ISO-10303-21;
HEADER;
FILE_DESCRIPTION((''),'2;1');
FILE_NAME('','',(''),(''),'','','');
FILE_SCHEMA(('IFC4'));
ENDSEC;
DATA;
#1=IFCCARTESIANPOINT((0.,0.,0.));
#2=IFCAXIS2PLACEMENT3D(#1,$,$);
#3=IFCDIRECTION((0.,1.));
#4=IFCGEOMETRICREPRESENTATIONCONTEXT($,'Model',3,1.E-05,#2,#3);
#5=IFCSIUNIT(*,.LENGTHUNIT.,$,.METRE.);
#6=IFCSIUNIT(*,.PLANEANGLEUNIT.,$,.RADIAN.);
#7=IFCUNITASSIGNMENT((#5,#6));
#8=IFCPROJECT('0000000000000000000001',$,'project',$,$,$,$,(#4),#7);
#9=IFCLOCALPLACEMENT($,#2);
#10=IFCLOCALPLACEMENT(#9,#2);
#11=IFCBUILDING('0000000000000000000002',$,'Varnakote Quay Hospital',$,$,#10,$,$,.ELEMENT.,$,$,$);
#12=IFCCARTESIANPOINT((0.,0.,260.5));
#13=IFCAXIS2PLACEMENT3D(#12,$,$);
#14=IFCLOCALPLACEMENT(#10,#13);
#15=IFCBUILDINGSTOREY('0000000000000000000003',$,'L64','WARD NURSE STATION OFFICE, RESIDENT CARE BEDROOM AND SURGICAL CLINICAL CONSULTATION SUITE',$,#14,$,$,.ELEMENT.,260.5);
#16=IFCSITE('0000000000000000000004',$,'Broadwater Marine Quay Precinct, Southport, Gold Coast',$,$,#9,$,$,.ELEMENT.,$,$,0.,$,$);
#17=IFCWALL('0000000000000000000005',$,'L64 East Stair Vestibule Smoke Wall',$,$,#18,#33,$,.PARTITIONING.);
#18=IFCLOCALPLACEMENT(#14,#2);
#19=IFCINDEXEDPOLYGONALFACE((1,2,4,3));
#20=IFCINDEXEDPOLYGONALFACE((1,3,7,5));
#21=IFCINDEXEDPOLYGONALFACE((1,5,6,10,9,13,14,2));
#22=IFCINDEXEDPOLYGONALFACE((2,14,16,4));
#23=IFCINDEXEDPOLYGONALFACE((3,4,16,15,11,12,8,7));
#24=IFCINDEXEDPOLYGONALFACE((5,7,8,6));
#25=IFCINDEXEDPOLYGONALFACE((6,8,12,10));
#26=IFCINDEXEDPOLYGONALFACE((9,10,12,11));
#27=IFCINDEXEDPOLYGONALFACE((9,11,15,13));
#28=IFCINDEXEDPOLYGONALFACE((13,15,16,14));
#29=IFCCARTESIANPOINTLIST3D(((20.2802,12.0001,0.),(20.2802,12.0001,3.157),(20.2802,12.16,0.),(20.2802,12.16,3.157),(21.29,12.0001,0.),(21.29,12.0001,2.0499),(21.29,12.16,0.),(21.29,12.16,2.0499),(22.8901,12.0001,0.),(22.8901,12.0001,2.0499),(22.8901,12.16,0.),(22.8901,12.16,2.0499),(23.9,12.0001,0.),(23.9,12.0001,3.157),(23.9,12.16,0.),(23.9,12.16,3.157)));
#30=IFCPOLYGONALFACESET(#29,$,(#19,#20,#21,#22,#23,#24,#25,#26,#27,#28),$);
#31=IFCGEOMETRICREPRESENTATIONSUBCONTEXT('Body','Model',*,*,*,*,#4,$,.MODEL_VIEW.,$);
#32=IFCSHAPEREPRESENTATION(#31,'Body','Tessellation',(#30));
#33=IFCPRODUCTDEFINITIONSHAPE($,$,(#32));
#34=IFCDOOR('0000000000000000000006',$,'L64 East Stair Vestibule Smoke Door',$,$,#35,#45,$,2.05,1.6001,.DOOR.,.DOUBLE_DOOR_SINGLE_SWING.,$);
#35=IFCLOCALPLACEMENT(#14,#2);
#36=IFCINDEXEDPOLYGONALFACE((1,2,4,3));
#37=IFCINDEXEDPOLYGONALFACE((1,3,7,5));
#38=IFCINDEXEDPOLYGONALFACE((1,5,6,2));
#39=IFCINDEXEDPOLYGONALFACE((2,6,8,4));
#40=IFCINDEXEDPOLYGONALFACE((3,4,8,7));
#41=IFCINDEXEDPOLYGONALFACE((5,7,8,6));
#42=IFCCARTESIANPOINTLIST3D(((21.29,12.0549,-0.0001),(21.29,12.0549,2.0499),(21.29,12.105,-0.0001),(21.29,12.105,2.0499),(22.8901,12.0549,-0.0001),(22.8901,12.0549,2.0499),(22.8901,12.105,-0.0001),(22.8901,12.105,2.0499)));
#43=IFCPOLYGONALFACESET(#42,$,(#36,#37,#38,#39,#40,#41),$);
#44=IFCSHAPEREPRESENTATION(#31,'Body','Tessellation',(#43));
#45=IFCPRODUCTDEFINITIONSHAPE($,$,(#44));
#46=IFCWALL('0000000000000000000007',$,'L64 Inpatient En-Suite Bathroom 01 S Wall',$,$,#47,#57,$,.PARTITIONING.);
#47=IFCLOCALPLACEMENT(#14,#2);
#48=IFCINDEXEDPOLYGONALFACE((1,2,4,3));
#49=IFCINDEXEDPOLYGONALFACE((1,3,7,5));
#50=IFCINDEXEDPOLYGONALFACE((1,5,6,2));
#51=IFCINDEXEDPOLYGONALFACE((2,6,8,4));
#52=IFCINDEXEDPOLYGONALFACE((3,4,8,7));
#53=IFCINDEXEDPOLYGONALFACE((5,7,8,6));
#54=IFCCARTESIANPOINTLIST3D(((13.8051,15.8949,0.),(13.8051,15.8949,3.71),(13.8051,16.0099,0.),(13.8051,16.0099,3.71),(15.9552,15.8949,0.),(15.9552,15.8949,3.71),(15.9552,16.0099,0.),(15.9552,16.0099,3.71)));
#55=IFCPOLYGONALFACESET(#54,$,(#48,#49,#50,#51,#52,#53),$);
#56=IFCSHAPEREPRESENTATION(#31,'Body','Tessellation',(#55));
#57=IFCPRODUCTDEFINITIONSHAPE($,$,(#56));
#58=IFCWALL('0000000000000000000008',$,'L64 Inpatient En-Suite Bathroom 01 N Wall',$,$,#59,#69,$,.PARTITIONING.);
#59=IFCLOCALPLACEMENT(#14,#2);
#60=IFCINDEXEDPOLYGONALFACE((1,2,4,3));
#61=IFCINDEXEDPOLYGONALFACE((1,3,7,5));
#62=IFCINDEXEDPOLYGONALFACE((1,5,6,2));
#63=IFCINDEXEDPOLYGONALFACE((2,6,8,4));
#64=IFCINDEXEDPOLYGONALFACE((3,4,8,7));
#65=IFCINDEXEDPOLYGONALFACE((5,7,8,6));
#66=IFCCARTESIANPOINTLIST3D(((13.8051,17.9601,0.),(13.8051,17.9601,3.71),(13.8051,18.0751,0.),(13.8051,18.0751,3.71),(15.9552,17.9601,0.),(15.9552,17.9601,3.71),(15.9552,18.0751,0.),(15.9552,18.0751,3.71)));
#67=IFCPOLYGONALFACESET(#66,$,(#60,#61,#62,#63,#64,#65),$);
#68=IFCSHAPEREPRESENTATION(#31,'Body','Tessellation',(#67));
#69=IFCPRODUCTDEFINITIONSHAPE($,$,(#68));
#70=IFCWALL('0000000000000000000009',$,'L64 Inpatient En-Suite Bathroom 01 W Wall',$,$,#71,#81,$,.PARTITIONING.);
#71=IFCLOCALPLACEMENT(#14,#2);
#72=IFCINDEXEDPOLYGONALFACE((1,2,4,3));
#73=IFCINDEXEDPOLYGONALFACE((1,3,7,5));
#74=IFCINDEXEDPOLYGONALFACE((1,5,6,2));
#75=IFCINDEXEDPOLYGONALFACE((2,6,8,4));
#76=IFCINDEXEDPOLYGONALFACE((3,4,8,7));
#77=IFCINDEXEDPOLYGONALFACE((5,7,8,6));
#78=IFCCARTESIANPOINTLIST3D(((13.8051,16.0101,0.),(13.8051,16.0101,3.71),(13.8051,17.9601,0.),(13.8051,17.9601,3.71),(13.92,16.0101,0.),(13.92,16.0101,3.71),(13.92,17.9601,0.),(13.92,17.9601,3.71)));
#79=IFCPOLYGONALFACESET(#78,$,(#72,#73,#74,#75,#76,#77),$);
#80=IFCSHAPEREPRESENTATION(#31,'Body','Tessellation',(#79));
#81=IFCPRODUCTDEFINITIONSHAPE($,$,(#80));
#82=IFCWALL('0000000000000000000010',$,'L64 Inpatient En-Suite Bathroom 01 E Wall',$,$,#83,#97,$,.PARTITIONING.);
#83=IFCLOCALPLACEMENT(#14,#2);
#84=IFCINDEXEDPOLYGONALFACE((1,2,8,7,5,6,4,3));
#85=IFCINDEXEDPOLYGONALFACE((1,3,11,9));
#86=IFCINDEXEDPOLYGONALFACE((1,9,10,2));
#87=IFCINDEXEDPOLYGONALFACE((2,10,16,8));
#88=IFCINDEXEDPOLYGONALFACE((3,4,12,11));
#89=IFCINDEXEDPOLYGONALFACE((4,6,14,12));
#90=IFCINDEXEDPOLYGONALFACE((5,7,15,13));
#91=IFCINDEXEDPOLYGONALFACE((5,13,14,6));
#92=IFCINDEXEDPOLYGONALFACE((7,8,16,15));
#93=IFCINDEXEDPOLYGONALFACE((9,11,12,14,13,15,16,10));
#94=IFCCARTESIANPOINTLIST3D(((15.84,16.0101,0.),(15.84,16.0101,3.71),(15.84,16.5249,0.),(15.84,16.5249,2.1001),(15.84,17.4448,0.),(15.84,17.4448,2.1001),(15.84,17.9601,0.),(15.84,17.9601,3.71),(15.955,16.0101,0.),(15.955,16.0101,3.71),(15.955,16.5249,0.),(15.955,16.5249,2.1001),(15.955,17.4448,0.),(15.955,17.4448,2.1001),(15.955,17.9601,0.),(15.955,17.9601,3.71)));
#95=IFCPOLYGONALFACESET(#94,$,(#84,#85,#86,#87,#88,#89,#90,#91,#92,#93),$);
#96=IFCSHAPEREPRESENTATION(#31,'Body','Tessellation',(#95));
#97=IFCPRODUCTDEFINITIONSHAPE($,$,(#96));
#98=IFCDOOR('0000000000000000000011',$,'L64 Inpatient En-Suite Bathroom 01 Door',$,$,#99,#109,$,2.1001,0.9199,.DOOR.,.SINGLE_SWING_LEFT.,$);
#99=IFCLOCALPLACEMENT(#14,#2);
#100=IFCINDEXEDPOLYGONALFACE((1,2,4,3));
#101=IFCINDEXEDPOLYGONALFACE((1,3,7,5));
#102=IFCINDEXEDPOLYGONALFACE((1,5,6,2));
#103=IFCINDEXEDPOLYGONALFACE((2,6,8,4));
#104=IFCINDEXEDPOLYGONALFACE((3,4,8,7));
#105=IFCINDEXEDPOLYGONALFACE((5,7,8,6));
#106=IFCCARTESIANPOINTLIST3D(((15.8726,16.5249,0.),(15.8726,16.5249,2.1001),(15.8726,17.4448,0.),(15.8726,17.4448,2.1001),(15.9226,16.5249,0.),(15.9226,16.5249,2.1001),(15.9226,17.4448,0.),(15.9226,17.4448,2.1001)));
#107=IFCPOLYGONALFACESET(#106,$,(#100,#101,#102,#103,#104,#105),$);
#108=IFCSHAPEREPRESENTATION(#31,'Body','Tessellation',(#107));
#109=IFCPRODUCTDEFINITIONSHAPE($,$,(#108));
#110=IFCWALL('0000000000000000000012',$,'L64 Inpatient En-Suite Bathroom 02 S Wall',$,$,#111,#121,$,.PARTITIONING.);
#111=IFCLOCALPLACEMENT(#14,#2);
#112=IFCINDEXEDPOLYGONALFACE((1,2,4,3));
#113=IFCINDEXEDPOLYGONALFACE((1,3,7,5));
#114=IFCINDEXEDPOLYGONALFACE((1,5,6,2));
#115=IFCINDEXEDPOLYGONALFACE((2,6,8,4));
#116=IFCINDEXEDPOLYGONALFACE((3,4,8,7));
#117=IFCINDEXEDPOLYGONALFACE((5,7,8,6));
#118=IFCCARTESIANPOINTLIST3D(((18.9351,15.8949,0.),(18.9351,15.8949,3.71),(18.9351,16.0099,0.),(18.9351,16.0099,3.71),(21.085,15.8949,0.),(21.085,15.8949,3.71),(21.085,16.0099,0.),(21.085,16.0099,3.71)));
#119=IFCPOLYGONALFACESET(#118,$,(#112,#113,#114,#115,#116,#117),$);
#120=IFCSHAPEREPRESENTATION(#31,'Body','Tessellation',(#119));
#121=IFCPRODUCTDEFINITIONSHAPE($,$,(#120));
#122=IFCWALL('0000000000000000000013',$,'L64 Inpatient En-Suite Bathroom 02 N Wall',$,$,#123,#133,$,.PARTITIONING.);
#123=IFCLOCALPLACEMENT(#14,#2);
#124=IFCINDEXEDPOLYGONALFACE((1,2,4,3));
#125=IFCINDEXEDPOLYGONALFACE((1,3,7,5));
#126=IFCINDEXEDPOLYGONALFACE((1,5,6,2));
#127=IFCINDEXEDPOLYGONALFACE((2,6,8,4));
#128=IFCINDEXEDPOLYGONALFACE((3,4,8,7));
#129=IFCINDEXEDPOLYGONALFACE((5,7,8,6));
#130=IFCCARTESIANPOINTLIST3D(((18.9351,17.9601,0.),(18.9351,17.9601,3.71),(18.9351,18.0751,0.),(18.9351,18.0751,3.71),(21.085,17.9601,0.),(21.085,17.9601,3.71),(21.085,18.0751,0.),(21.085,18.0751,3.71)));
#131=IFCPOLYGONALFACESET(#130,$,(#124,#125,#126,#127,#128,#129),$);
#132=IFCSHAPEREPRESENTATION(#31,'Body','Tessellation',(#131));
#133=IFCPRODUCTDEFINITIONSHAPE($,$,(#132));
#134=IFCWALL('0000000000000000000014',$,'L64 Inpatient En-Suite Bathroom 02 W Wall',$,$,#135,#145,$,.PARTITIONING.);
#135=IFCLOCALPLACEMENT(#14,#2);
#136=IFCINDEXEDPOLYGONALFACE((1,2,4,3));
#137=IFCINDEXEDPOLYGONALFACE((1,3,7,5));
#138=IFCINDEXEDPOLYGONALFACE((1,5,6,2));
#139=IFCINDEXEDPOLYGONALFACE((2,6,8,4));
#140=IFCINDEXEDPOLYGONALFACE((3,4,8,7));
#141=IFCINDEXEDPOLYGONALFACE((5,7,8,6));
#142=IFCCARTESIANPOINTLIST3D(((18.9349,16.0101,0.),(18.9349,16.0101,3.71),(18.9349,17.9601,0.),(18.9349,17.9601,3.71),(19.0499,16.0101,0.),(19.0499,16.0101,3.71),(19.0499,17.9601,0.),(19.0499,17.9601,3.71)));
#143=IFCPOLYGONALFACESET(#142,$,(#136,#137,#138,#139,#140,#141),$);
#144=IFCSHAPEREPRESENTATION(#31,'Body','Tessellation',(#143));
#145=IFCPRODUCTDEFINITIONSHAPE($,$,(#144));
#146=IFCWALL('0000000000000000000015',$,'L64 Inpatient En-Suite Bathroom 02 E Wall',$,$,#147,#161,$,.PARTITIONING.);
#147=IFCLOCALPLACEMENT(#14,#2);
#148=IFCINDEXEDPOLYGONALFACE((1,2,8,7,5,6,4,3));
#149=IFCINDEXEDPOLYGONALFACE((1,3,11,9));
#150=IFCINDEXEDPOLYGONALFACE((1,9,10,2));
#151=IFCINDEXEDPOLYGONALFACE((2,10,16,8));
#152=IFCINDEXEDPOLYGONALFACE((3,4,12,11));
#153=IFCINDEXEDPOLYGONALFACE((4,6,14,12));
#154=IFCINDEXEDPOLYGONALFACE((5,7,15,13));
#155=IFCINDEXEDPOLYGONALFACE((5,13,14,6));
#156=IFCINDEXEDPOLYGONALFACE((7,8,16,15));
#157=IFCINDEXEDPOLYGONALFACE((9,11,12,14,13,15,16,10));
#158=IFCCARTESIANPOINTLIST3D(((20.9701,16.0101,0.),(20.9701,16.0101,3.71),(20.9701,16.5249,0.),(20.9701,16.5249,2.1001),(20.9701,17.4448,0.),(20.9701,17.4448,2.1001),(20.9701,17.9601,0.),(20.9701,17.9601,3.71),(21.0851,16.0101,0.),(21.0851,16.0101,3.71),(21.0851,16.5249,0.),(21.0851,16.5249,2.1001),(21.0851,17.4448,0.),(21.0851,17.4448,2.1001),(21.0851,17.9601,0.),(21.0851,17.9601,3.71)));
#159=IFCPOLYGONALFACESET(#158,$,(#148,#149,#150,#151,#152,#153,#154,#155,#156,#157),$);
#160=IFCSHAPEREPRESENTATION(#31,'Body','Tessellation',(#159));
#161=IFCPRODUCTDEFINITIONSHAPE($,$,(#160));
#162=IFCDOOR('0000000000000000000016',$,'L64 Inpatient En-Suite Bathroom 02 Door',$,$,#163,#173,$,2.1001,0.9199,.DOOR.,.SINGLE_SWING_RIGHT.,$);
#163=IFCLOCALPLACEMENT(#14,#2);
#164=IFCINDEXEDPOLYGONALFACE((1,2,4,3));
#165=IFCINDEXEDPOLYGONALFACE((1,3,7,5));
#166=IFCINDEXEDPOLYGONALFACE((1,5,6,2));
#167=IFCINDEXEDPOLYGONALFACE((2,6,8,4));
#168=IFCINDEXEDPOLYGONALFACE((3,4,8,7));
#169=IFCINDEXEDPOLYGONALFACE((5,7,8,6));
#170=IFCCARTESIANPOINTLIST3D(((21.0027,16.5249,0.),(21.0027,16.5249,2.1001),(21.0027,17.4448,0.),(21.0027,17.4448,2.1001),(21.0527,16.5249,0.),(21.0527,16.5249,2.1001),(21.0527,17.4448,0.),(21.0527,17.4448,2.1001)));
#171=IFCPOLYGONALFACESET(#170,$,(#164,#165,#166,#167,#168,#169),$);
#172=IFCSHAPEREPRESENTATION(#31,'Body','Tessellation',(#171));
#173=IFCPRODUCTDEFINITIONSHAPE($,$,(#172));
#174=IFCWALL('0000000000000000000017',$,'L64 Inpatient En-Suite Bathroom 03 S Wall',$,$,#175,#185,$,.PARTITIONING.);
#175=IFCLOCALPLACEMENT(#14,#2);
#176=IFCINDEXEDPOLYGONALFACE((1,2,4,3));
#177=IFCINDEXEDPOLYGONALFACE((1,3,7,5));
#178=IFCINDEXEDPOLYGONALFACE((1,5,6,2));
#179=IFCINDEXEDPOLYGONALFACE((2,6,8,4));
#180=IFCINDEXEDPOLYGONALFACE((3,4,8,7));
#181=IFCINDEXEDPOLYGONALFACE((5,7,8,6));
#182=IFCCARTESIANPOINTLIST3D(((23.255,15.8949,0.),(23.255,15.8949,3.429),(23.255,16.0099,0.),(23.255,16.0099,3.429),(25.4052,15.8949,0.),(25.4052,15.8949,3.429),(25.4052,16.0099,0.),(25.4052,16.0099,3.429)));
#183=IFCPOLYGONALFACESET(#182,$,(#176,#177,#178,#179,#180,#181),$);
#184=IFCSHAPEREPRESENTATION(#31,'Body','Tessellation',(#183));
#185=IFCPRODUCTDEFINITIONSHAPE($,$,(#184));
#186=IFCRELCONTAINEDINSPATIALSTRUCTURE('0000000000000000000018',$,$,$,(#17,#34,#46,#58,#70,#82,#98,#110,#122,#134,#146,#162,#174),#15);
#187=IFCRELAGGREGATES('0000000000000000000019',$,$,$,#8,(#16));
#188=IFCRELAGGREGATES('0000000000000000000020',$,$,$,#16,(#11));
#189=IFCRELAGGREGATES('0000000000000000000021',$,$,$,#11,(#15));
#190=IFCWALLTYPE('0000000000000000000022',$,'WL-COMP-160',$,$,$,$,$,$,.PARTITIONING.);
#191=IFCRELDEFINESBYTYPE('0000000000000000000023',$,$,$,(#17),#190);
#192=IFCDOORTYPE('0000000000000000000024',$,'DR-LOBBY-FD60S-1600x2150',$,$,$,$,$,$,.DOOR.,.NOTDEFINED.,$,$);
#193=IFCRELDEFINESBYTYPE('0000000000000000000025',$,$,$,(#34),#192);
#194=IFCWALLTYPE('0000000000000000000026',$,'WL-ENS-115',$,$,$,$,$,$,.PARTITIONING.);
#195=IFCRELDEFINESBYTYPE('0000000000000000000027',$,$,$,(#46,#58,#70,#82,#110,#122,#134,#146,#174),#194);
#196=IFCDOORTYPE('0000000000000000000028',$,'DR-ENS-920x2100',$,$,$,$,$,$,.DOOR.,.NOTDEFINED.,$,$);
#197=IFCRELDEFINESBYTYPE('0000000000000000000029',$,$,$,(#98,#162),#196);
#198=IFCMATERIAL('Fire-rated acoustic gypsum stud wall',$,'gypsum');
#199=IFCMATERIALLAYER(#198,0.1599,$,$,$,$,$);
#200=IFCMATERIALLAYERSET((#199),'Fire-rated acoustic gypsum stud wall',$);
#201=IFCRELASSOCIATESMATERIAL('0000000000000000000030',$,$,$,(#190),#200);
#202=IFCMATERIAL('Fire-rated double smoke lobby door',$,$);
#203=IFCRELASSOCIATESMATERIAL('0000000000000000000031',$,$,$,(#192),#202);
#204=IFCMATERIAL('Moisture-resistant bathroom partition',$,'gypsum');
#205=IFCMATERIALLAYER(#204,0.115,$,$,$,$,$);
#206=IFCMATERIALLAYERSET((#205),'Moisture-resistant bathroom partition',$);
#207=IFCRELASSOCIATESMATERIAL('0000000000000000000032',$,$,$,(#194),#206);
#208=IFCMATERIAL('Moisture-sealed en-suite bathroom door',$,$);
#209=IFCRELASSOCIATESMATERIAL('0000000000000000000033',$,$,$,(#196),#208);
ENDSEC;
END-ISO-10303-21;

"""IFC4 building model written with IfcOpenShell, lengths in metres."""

from ifc_helpers import new_model, si_unit, direction, frame, frame_2d, origin, place, context, subcontext, project, spatial, rectangle, extrude, material, layer, layer_set, type_object, element, fill, save


model = new_model("IFC4")

# Units and contexts
model_context = context("Model", 3, precision=1e-05, world=origin(), true_north=direction((0.0, 1.0)))
body_context = subcontext(model_context, "Body", "Model", "MODEL_VIEW")
ifc_project = project(units=[si_unit("LENGTHUNIT", "METRE"), si_unit("PLANEANGLEUNIT", "RADIAN")], contexts=[model_context])

# Site, building, storey
site_placement = place(None, origin())
site = spatial("IfcSite", under=ifc_project, at=site_placement, Name="Broadwater Marine Quay Precinct, Southport, Gold Coast", CompositionType="ELEMENT", RefElevation=0.0)
building_placement = place(site_placement, origin())
building = spatial("IfcBuilding", under=site, at=building_placement, Name="Varnakote Quay Hospital", CompositionType="ELEMENT")
storey_placement = place(building_placement, frame((0.0, 0.0, 260.5)))
storey = spatial("IfcBuildingStorey", under=building, at=storey_placement, Name="L64", Description="WARD NURSE STATION OFFICE, RESIDENT CARE BEDROOM AND SURGICAL CLINICAL CONSULTATION SUITE", CompositionType="ELEMENT", Elevation=260.5)

# Wall, opening, door
ifc_material_1 = material(Name="Fire-rated acoustic gypsum stud wall", Category="gypsum")
ifc_layer_1 = layer(ifc_material_1, 0.1599)
ifc_layer_set_1 = layer_set([ifc_layer_1], Name="Fire-rated acoustic gypsum stud wall")
wall_type_1 = type_object("IfcWallType", Name="WL-COMP-160", PredefinedType="PARTITIONING", material=ifc_layer_set_1)
wall_1_placement = place(storey_placement, frame((20.28, 12.0801, 0.0), z_axis=(0.0, 0.0, 1.0), x_axis=(1.0, 0.0, 0.0)))
wall_1 = element("IfcWall", 1, at=wall_1_placement, inside=storey, type_object=wall_type_1, Name="L64 East Stair Vestibule Smoke Wall", PredefinedType="PARTITIONING", context=body_context, shape_type="SweptSolid", body=[
    extrude(rectangle(XDim=3.6199, YDim=0.1599, at=frame_2d((1.8101, 0.0))), origin(), (0.0, 0.0, 1.0), 3.157),
])
opening_1_placement = place(wall_1_placement, frame((1.01, 0.0, 0.0)))
opening_1 = element("IfcOpeningElement", 2, at=opening_1_placement, cuts=wall_1, PredefinedType="OPENING", context=body_context, shape_type="SweptSolid", body=[
    extrude(rectangle(XDim=1.6001, YDim=2.05, at=frame_2d((0.8, 1.0249))), frame((0.0, 0.0898, 0.0), z_axis=(0.0, -1.0, 0.0), x_axis=(1.0, 0.0, 0.0)), (0.0, 0.0, 1.0), 0.1799),
])
ifc_material_2 = material(Name="Fire-rated double smoke lobby door")
door_type_1 = type_object("IfcDoorType", Name="DR-LOBBY-FD60S-1600x2150", OperationType="NOTDEFINED", PredefinedType="DOOR", material=ifc_material_2)
door_1_placement = place(opening_1_placement, origin())
door_1 = element("IfcDoor", 3, at=door_1_placement, inside=storey, type_object=door_type_1, Name="L64 East Stair Vestibule Smoke Door", OperationType="DOUBLE_DOOR_SINGLE_SWING", OverallHeight=2.05, OverallWidth=1.6001, PredefinedType="DOOR", context=body_context, shape_type="SweptSolid", body=[
    extrude(rectangle(XDim=1.6001, YDim=2.05, at=frame_2d((0.8, 1.0249))), frame((0.0, 0.0249, 0.0), z_axis=(0.0, -1.0, 0.0), x_axis=(1.0, 0.0, 0.0)), (0.0, 0.0, 1.0), 0.05),
])
fill(opening_1, door_1)

# Walls
ifc_material_3 = material(Name="Moisture-resistant bathroom partition", Category="gypsum")
ifc_layer_2 = layer(ifc_material_3, 0.115)
ifc_layer_set_2 = layer_set([ifc_layer_2], Name="Moisture-resistant bathroom partition")
wall_type_2 = type_object("IfcWallType", Name="WL-ENS-115", PredefinedType="PARTITIONING", material=ifc_layer_set_2)
for number, where, z_axis, x_axis, name in (
    (4, (13.8049, 15.9524, 0.0), (0.0, 0.0, 1.0), (1.0, 0.0, 0.0), "L64 Inpatient En-Suite Bathroom 01 S Wall"),
    (5, (13.8049, 18.0176, 0.0), (0.0, 0.0, 1.0), (1.0, 0.0, 0.0), "L64 Inpatient En-Suite Bathroom 01 N Wall"),
):
    element("IfcWall", number, at=place(storey_placement, frame(where, z_axis=z_axis, x_axis=x_axis)), inside=storey, type_object=wall_type_2, Name=name, PredefinedType="PARTITIONING", context=body_context, shape_type="SweptSolid", body=[
        extrude(rectangle(XDim=2.1501, YDim=0.115, at=frame_2d((1.0752, 0.0))), origin(), (0.0, 0.0, 1.0), 3.71),
    ])
wall_2_placement = place(storey_placement, frame((13.8625, 16.01, 0.0), z_axis=(0.0, 0.0, 1.0), x_axis=(0.0, 1.0, 0.0)))
element("IfcWall", 6, at=wall_2_placement, inside=storey, type_object=wall_type_2, Name="L64 Inpatient En-Suite Bathroom 01 W Wall", PredefinedType="PARTITIONING", context=body_context, shape_type="SweptSolid", body=[
    extrude(rectangle(XDim=1.95, YDim=0.115, at=frame_2d((0.9751, 0.0))), origin(), (0.0, 0.0, 1.0), 3.71),
])

# Wall, opening, door
wall_3_placement = place(storey_placement, frame((15.8975, 16.01, 0.0), z_axis=(0.0, 0.0, 1.0), x_axis=(0.0, 1.0, 0.0)))
wall_3 = element("IfcWall", 7, at=wall_3_placement, inside=storey, type_object=wall_type_2, Name="L64 Inpatient En-Suite Bathroom 01 E Wall", PredefinedType="PARTITIONING", context=body_context, shape_type="SweptSolid", body=[
    extrude(rectangle(XDim=1.95, YDim=0.115, at=frame_2d((0.9751, 0.0))), origin(), (0.0, 0.0, 1.0), 3.71),
])
opening_2_placement = place(wall_3_placement, frame((0.5149, 0.0, 0.0)))
opening_2 = element("IfcOpeningElement", 8, at=opening_2_placement, cuts=wall_3, PredefinedType="OPENING", context=body_context, shape_type="SweptSolid", body=[
    extrude(rectangle(XDim=0.9199, YDim=2.1001, at=frame_2d((0.46, 1.05))), frame((0.0, 0.0674, 0.0), z_axis=(0.0, -1.0, 0.0), x_axis=(1.0, 0.0, 0.0)), (0.0, 0.0, 1.0), 0.135),
])
ifc_material_4 = material(Name="Moisture-sealed en-suite bathroom door")
door_type_2 = type_object("IfcDoorType", Name="DR-ENS-920x2100", OperationType="NOTDEFINED", PredefinedType="DOOR", material=ifc_material_4)
door_2_placement = place(opening_2_placement, origin())
door_2 = element("IfcDoor", 9, at=door_2_placement, inside=storey, type_object=door_type_2, Name="L64 Inpatient En-Suite Bathroom 01 Door", OperationType="SINGLE_SWING_LEFT", OverallHeight=2.1001, OverallWidth=0.9199, PredefinedType="DOOR", context=body_context, shape_type="SweptSolid", body=[
    extrude(rectangle(XDim=0.9199, YDim=2.1001, at=frame_2d((0.46, 1.05))), frame((0.0, 0.0249, 0.0), z_axis=(0.0, -1.0, 0.0), x_axis=(1.0, 0.0, 0.0)), (0.0, 0.0, 1.0), 0.05),
])
fill(opening_2, door_2)

# Walls
for number, where, z_axis, x_axis, name in (
    (10, (18.9351, 15.9524, 0.0), (0.0, 0.0, 1.0), (1.0, 0.0, 0.0), "L64 Inpatient En-Suite Bathroom 02 S Wall"),
    (11, (18.9351, 18.0176, 0.0), (0.0, 0.0, 1.0), (1.0, 0.0, 0.0), "L64 Inpatient En-Suite Bathroom 02 N Wall"),
):
    element("IfcWall", number, at=place(storey_placement, frame(where, z_axis=z_axis, x_axis=x_axis)), inside=storey, type_object=wall_type_2, Name=name, PredefinedType="PARTITIONING", context=body_context, shape_type="SweptSolid", body=[
        extrude(rectangle(XDim=2.1499, YDim=0.115, at=frame_2d((1.075, 0.0))), origin(), (0.0, 0.0, 1.0), 3.71),
    ])
wall_4_placement = place(storey_placement, frame((18.9924, 16.01, 0.0), z_axis=(0.0, 0.0, 1.0), x_axis=(0.0, 1.0, 0.0)))
element("IfcWall", 12, at=wall_4_placement, inside=storey, type_object=wall_type_2, Name="L64 Inpatient En-Suite Bathroom 02 W Wall", PredefinedType="PARTITIONING", context=body_context, shape_type="SweptSolid", body=[
    extrude(rectangle(XDim=1.95, YDim=0.115, at=frame_2d((0.9751, 0.0))), origin(), (0.0, 0.0, 1.0), 3.71),
])

# Wall, opening, door
wall_5_placement = place(storey_placement, frame((21.0276, 16.01, 0.0), z_axis=(0.0, 0.0, 1.0), x_axis=(0.0, 1.0, 0.0)))
wall_5 = element("IfcWall", 13, at=wall_5_placement, inside=storey, type_object=wall_type_2, Name="L64 Inpatient En-Suite Bathroom 02 E Wall", PredefinedType="PARTITIONING", context=body_context, shape_type="SweptSolid", body=[
    extrude(rectangle(XDim=1.95, YDim=0.115, at=frame_2d((0.9751, 0.0))), origin(), (0.0, 0.0, 1.0), 3.71),
])
opening_3_placement = place(wall_5_placement, frame((0.5149, 0.0, 0.0)))
opening_3 = element("IfcOpeningElement", 14, at=opening_3_placement, cuts=wall_5, PredefinedType="OPENING", context=body_context, shape_type="SweptSolid", body=[
    extrude(rectangle(XDim=0.9199, YDim=2.1001, at=frame_2d((0.46, 1.05))), frame((0.0, 0.0674, 0.0), z_axis=(0.0, -1.0, 0.0), x_axis=(1.0, 0.0, 0.0)), (0.0, 0.0, 1.0), 0.135),
])
door_3_placement = place(opening_3_placement, origin())
door_3 = element("IfcDoor", 15, at=door_3_placement, inside=storey, type_object=door_type_2, Name="L64 Inpatient En-Suite Bathroom 02 Door", OperationType="SINGLE_SWING_RIGHT", OverallHeight=2.1001, OverallWidth=0.9199, PredefinedType="DOOR", context=body_context, shape_type="SweptSolid", body=[
    extrude(rectangle(XDim=0.9199, YDim=2.1001, at=frame_2d((0.46, 1.05))), frame((0.0, 0.0249, 0.0), z_axis=(0.0, -1.0, 0.0), x_axis=(1.0, 0.0, 0.0)), (0.0, 0.0, 1.0), 0.05),
])
fill(opening_3, door_3)

# Wall
wall_6_placement = place(storey_placement, frame((23.2549, 15.9524, 0.0), z_axis=(0.0, 0.0, 1.0), x_axis=(1.0, 0.0, 0.0)))
element("IfcWall", 16, at=wall_6_placement, inside=storey, type_object=wall_type_2, Name="L64 Inpatient En-Suite Bathroom 03 S Wall", PredefinedType="PARTITIONING", context=body_context, shape_type="SweptSolid", body=[
    extrude(rectangle(XDim=2.1501, YDim=0.115, at=frame_2d((1.0752, 0.0))), origin(), (0.0, 0.0, 1.0), 3.429),
])

save(model, "model.ifc")
